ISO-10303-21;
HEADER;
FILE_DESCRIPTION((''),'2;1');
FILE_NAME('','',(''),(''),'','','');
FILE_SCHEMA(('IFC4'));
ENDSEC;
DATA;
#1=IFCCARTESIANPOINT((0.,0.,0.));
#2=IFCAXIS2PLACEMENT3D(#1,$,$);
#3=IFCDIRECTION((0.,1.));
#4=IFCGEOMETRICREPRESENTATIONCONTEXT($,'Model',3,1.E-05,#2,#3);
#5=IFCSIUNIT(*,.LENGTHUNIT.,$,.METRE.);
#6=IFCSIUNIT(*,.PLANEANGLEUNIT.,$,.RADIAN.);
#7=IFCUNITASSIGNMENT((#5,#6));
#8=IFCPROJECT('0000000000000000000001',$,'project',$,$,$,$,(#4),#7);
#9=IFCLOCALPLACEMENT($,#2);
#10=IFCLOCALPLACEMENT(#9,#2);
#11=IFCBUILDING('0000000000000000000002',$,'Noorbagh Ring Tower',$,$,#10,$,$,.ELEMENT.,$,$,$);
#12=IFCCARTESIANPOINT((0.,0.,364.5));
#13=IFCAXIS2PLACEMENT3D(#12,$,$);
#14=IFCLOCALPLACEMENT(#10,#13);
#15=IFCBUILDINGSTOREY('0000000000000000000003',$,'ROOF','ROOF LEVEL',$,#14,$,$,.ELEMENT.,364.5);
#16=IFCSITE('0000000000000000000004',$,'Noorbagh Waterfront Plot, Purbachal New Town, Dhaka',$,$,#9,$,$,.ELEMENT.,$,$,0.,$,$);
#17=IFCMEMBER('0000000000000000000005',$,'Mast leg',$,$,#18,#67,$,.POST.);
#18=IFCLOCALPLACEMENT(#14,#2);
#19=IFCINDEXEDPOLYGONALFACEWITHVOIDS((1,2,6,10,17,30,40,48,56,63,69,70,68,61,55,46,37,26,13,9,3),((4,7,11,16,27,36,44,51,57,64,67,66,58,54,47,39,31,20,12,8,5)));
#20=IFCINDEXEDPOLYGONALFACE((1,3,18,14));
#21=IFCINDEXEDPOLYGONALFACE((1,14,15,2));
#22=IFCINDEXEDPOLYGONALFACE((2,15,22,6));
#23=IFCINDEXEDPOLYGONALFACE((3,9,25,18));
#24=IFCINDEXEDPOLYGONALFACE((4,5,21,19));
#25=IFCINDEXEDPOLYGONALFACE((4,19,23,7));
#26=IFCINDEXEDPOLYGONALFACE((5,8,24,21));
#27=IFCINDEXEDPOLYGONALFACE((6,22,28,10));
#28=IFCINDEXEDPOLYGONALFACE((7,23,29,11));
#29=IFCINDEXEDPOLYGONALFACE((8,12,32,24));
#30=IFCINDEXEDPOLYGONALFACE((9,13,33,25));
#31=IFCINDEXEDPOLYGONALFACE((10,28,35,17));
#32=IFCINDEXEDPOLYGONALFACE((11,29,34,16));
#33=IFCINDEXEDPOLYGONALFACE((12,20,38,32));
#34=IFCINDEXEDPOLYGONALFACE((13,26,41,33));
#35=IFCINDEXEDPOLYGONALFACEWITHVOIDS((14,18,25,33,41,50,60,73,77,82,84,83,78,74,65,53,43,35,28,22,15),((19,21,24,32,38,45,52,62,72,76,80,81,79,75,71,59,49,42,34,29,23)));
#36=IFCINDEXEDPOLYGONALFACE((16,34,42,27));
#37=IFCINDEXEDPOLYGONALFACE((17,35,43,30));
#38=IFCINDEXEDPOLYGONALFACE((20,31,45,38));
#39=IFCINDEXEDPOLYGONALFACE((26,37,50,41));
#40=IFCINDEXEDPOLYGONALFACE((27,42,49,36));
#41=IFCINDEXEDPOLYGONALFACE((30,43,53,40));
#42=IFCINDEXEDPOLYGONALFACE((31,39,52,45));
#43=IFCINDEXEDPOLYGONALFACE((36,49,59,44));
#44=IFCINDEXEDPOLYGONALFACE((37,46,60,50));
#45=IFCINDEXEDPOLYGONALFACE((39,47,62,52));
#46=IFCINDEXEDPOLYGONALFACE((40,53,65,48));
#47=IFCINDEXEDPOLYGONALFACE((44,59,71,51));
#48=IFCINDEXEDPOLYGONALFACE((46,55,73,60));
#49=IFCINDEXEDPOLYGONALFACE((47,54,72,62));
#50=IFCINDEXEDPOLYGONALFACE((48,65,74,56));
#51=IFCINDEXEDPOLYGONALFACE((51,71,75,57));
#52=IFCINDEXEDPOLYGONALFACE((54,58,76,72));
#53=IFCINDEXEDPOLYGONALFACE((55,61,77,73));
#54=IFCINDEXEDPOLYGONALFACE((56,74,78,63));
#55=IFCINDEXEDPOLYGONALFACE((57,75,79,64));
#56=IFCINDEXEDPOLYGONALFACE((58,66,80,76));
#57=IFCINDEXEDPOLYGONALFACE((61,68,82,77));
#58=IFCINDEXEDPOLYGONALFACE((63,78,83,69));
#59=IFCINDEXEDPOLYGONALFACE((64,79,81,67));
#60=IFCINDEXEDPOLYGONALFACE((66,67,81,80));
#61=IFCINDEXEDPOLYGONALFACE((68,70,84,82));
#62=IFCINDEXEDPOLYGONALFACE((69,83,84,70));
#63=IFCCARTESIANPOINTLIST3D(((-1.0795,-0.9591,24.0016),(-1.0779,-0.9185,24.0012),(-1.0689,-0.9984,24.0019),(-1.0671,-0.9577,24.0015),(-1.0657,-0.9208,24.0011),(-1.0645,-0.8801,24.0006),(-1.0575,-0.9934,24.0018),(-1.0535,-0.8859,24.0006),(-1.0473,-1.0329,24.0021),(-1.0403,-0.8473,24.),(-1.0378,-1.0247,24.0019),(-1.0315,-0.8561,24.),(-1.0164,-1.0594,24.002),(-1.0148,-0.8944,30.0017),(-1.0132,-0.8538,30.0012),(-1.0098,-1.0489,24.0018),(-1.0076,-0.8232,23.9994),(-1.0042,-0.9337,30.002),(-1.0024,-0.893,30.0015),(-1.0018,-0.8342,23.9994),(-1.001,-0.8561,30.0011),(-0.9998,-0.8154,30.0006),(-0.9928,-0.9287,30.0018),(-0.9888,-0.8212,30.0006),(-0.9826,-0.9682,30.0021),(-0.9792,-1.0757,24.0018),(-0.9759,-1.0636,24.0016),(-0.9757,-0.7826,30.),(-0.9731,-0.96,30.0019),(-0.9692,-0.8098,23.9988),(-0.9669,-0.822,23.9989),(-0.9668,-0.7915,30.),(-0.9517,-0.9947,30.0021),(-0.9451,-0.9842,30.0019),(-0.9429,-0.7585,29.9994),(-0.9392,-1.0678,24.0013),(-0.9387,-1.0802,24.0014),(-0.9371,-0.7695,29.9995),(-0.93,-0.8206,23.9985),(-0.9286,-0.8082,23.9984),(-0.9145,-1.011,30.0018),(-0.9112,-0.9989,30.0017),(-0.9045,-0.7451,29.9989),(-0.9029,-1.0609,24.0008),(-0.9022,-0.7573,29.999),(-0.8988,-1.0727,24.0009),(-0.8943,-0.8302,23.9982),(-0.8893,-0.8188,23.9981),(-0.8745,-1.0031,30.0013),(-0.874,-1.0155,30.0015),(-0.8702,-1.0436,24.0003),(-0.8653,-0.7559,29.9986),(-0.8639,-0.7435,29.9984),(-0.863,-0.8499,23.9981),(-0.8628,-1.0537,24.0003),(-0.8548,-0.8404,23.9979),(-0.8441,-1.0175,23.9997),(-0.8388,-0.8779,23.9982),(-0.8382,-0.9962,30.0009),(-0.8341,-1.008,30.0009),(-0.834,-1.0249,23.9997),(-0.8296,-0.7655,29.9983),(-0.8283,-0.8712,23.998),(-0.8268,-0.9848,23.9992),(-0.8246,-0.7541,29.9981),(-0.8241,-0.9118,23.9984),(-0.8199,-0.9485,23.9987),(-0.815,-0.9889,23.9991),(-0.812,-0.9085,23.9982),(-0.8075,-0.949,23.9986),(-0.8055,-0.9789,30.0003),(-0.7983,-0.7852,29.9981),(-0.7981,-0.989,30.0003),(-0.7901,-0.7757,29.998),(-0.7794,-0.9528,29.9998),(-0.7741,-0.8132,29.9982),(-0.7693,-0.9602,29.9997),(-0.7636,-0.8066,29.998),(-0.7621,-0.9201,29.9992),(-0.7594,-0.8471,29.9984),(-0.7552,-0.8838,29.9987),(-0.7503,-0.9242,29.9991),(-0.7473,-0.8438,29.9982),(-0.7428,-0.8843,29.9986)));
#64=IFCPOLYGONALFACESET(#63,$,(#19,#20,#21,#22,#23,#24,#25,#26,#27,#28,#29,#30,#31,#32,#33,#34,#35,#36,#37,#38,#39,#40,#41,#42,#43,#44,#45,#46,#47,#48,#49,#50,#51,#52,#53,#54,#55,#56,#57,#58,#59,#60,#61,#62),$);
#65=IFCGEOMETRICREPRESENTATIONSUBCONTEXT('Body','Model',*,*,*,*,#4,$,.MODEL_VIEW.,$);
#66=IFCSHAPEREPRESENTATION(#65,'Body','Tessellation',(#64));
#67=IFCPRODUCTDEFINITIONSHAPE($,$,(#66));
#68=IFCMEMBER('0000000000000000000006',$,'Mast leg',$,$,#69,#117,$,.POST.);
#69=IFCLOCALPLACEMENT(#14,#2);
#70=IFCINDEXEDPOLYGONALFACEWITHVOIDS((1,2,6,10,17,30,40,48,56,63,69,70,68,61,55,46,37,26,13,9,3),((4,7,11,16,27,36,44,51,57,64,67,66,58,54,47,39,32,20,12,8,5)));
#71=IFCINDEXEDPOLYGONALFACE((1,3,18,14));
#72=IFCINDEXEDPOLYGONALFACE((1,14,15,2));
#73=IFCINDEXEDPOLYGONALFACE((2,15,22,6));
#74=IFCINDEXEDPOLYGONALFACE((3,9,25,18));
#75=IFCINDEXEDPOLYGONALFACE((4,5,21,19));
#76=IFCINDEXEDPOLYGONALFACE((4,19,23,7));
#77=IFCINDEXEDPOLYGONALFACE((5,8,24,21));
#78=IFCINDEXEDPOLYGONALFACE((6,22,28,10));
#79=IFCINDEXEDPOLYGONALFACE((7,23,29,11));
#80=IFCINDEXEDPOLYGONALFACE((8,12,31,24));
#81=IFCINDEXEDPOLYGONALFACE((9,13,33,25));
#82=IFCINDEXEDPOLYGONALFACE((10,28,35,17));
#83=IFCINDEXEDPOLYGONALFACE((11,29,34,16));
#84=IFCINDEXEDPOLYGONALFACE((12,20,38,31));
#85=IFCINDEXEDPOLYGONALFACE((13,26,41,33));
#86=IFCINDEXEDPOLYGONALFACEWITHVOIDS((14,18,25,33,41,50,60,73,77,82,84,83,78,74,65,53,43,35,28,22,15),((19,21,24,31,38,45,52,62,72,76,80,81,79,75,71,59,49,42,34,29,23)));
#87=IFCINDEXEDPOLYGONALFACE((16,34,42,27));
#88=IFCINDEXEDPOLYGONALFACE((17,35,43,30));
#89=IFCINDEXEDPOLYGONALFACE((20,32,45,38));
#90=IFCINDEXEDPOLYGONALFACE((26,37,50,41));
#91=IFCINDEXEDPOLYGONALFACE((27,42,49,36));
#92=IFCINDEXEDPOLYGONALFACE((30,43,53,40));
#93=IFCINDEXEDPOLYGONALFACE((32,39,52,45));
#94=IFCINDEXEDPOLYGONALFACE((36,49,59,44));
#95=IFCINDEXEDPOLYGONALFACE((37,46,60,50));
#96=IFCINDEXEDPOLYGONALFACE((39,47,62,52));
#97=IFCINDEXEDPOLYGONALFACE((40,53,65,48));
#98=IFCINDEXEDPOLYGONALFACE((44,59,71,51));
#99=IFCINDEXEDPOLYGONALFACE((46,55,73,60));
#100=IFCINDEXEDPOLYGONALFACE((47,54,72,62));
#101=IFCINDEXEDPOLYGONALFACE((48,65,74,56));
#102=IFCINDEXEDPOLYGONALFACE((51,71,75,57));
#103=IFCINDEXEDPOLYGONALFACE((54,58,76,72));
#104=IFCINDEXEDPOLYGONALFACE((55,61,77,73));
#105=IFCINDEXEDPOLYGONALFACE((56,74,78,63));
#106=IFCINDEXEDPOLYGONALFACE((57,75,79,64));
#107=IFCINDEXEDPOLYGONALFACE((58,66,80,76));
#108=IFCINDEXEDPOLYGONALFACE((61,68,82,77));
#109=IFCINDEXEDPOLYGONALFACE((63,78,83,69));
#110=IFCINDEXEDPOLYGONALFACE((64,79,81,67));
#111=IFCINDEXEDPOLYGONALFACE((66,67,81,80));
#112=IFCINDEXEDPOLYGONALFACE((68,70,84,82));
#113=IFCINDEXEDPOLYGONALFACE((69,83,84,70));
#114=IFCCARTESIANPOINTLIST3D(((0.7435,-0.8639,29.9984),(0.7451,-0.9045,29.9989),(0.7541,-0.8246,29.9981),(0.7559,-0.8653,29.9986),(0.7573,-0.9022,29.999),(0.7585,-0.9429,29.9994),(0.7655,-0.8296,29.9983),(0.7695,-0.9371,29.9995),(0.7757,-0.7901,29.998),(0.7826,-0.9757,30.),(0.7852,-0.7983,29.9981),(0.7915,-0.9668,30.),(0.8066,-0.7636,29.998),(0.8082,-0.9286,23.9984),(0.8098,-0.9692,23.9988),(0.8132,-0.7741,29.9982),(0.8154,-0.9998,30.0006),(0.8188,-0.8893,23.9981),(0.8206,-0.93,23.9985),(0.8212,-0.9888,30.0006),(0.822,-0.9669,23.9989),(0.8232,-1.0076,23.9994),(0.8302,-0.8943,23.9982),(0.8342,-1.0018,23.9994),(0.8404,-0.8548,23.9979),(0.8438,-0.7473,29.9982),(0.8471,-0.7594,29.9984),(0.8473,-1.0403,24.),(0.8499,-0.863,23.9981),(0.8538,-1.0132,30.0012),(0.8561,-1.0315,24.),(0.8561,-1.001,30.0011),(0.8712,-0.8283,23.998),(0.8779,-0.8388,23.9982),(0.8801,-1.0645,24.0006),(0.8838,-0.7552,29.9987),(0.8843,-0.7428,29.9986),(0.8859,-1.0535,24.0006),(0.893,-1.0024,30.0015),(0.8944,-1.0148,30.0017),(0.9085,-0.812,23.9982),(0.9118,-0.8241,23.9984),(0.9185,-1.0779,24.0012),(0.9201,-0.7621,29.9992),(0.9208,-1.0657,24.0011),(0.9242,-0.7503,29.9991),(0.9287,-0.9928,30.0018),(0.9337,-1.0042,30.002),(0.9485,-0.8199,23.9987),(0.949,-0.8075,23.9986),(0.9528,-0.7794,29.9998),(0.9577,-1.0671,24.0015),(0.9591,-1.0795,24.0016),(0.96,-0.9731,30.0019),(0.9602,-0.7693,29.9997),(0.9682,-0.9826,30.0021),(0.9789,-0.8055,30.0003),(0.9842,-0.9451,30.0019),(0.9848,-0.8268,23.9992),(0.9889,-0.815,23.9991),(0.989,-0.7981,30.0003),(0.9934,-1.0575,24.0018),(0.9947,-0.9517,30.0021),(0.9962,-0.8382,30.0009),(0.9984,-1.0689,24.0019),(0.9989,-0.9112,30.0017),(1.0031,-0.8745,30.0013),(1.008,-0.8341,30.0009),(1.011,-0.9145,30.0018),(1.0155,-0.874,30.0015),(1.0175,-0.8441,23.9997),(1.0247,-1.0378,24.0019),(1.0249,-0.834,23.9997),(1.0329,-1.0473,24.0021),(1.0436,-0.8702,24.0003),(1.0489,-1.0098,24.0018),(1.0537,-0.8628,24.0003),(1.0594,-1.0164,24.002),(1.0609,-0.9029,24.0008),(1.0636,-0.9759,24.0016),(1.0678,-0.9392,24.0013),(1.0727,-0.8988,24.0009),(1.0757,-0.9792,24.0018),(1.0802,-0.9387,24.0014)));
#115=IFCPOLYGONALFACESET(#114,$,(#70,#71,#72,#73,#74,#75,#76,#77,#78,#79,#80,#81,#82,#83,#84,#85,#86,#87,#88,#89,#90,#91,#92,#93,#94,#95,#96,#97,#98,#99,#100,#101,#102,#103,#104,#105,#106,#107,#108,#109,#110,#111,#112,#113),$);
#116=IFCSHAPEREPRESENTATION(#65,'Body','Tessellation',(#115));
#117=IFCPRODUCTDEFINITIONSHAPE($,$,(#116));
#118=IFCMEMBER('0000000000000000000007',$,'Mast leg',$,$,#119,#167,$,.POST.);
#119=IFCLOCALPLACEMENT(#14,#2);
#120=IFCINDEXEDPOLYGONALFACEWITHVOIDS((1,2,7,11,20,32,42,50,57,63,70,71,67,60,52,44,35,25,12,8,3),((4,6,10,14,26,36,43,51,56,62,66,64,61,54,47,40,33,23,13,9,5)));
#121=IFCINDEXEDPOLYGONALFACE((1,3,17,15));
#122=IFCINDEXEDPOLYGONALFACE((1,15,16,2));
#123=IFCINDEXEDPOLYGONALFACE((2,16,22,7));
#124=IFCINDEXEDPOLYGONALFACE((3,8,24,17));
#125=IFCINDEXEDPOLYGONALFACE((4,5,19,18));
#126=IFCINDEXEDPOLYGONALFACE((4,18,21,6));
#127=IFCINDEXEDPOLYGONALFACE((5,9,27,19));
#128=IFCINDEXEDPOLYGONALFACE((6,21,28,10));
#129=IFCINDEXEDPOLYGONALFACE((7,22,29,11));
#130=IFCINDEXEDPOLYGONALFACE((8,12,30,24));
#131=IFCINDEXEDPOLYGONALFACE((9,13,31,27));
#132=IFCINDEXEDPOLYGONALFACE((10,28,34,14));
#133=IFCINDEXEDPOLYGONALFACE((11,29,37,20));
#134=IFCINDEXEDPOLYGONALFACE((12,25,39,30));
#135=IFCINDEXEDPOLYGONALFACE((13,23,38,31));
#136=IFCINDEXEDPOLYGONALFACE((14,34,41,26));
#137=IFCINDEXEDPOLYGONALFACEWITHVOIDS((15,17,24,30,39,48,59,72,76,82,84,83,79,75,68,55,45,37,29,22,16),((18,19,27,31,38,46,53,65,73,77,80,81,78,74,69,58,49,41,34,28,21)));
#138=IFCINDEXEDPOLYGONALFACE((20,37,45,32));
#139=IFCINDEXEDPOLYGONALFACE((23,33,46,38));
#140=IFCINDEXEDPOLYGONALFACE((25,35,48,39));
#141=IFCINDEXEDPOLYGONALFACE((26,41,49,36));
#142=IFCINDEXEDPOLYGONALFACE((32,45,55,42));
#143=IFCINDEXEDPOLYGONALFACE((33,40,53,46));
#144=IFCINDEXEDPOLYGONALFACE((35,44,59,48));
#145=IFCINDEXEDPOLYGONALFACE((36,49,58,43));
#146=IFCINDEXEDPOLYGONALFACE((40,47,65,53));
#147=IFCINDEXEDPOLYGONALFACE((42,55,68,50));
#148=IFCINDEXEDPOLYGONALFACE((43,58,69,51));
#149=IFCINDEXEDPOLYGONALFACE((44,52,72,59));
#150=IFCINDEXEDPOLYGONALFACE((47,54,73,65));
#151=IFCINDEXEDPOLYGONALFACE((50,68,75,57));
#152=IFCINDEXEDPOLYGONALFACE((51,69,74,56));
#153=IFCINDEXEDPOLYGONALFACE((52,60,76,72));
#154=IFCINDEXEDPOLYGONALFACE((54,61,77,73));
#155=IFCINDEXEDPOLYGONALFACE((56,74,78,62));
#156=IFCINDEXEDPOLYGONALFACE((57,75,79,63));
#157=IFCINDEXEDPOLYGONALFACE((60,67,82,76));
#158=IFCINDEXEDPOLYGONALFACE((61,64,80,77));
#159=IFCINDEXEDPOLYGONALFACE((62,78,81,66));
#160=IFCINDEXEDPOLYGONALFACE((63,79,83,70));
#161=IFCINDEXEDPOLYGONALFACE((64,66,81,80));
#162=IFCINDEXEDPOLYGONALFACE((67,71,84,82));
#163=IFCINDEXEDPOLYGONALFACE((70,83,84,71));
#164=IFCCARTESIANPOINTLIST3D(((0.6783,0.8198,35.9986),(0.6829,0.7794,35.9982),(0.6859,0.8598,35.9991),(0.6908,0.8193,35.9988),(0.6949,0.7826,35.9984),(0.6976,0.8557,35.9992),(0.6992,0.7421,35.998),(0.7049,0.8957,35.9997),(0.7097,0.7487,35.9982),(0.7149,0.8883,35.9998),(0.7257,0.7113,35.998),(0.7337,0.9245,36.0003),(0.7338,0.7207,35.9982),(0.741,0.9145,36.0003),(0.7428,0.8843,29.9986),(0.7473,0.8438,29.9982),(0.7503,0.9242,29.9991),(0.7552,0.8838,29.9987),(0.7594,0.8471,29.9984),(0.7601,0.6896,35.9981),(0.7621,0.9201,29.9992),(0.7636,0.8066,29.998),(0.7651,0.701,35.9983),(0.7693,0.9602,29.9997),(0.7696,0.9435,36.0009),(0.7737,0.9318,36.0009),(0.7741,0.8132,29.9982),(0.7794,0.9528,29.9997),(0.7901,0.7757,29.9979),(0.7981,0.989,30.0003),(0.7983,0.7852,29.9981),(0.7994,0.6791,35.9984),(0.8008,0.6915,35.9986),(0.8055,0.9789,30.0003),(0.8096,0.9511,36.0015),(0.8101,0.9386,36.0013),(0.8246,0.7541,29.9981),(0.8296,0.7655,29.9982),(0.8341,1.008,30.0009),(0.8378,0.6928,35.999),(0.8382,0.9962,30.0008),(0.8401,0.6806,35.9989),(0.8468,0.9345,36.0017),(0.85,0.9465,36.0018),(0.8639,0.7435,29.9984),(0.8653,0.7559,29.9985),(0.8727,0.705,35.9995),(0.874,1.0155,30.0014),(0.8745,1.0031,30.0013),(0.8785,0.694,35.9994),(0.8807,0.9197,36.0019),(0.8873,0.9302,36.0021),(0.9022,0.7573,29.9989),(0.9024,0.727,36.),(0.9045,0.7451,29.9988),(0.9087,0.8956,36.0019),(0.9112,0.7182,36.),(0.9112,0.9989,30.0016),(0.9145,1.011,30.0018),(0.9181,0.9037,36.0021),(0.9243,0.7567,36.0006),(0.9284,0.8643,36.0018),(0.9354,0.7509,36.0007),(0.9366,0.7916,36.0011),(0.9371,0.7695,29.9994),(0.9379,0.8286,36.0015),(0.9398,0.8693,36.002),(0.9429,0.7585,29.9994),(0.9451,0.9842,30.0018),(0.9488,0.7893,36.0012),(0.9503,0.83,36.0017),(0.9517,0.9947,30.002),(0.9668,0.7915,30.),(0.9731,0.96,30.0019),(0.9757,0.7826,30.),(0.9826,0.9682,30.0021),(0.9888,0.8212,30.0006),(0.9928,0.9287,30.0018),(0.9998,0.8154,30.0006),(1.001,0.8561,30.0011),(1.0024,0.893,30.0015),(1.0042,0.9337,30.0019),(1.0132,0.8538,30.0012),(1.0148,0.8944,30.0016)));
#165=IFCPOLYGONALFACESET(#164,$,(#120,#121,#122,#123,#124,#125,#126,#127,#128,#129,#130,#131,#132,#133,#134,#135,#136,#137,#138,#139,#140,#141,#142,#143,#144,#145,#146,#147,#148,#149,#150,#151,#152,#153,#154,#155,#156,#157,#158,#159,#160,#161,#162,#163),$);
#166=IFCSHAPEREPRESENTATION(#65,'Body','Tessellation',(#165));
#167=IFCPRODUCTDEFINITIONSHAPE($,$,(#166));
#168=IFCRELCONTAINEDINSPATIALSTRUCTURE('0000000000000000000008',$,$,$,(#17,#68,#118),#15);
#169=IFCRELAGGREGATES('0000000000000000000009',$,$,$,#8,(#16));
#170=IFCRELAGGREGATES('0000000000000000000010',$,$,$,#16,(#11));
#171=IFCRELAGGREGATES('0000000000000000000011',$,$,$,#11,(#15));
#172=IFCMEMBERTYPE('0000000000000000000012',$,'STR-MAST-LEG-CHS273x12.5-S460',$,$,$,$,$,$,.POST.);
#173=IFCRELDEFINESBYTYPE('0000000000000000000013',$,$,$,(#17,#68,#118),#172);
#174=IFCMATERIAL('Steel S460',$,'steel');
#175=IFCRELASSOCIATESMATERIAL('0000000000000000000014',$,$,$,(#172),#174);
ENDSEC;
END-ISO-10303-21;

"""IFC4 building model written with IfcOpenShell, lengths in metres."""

from ifc_helpers import new_model, si_unit, direction, frame, origin, origin_2d, place, context, subcontext, project, spatial, hollow_circle, extrude, material, material_profile, profile_set, type_object, element, save


model = new_model("IFC4")

# Units and contexts
model_context = context("Model", 3, precision=1e-05, world=origin(), true_north=direction((0.0, 1.0)))
body_context = subcontext(model_context, "Body", "Model", "MODEL_VIEW")
ifc_project = project(units=[si_unit("LENGTHUNIT", "METRE"), si_unit("PLANEANGLEUNIT", "RADIAN")], contexts=[model_context])

# Site, building, storey
site_placement = place(None, origin())
site = spatial("IfcSite", under=ifc_project, at=site_placement, Name="Noorbagh Waterfront Plot, Purbachal New Town, Dhaka", CompositionType="ELEMENT", RefElevation=0.0)
building_placement = place(site_placement, origin())
building = spatial("IfcBuilding", under=site, at=building_placement, Name="Noorbagh Ring Tower", CompositionType="ELEMENT")
storey_placement = place(building_placement, frame((0.0, 0.0, 364.5)))
storey = spatial("IfcBuildingStorey", under=building, at=storey_placement, Name="ROOF", Description="ROOF LEVEL", CompositionType="ELEMENT", Elevation=364.5)

# Members
ifc_material_1 = material(Name="Steel S460", Category="steel")
ifc_material_profile_1 = material_profile(ifc_material_1, hollow_circle(Radius=0.1365, WallThickness=0.0125, at=origin_2d()), Name="CHS273x12.5")
ifc_profile_set_1 = profile_set([ifc_material_profile_1], Name="Steel S460")
member_type_1 = type_object("IfcMemberType", Name="STR-MAST-LEG-CHS273x12.5-S460", PredefinedType="POST", material=ifc_profile_set_1)
for number, where, z_axis, x_axis, name in (
    (1, (-0.9438, -0.9438, 24.0), (0.010782, 0.010782, 0.999884), (-0.707107, 0.707107, 0.0), "Mast leg"),
    (2, (0.9438, -0.9438, 24.0), (-0.010782, 0.010782, 0.999884), (-0.707107, -0.707107, 0.0), "Mast leg"),
    (3, (0.8792, 0.8792, 30.0), (-0.010741, -0.010741, 0.999885), (0.707107, -0.707107, 0.0), "Mast leg"),
):
    element("IfcMember", number, at=place(storey_placement, frame(where, z_axis=z_axis, x_axis=x_axis)), inside=storey, type_object=member_type_1, Name=name, PredefinedType="POST", context=body_context, shape_type="SweptSolid", body=[
        extrude(hollow_circle(Radius=0.1365, WallThickness=0.0125, at=origin_2d()), origin(), (0.0, 0.0, 1.0), 6.0007),
    ])

save(model, "model.ifc")
